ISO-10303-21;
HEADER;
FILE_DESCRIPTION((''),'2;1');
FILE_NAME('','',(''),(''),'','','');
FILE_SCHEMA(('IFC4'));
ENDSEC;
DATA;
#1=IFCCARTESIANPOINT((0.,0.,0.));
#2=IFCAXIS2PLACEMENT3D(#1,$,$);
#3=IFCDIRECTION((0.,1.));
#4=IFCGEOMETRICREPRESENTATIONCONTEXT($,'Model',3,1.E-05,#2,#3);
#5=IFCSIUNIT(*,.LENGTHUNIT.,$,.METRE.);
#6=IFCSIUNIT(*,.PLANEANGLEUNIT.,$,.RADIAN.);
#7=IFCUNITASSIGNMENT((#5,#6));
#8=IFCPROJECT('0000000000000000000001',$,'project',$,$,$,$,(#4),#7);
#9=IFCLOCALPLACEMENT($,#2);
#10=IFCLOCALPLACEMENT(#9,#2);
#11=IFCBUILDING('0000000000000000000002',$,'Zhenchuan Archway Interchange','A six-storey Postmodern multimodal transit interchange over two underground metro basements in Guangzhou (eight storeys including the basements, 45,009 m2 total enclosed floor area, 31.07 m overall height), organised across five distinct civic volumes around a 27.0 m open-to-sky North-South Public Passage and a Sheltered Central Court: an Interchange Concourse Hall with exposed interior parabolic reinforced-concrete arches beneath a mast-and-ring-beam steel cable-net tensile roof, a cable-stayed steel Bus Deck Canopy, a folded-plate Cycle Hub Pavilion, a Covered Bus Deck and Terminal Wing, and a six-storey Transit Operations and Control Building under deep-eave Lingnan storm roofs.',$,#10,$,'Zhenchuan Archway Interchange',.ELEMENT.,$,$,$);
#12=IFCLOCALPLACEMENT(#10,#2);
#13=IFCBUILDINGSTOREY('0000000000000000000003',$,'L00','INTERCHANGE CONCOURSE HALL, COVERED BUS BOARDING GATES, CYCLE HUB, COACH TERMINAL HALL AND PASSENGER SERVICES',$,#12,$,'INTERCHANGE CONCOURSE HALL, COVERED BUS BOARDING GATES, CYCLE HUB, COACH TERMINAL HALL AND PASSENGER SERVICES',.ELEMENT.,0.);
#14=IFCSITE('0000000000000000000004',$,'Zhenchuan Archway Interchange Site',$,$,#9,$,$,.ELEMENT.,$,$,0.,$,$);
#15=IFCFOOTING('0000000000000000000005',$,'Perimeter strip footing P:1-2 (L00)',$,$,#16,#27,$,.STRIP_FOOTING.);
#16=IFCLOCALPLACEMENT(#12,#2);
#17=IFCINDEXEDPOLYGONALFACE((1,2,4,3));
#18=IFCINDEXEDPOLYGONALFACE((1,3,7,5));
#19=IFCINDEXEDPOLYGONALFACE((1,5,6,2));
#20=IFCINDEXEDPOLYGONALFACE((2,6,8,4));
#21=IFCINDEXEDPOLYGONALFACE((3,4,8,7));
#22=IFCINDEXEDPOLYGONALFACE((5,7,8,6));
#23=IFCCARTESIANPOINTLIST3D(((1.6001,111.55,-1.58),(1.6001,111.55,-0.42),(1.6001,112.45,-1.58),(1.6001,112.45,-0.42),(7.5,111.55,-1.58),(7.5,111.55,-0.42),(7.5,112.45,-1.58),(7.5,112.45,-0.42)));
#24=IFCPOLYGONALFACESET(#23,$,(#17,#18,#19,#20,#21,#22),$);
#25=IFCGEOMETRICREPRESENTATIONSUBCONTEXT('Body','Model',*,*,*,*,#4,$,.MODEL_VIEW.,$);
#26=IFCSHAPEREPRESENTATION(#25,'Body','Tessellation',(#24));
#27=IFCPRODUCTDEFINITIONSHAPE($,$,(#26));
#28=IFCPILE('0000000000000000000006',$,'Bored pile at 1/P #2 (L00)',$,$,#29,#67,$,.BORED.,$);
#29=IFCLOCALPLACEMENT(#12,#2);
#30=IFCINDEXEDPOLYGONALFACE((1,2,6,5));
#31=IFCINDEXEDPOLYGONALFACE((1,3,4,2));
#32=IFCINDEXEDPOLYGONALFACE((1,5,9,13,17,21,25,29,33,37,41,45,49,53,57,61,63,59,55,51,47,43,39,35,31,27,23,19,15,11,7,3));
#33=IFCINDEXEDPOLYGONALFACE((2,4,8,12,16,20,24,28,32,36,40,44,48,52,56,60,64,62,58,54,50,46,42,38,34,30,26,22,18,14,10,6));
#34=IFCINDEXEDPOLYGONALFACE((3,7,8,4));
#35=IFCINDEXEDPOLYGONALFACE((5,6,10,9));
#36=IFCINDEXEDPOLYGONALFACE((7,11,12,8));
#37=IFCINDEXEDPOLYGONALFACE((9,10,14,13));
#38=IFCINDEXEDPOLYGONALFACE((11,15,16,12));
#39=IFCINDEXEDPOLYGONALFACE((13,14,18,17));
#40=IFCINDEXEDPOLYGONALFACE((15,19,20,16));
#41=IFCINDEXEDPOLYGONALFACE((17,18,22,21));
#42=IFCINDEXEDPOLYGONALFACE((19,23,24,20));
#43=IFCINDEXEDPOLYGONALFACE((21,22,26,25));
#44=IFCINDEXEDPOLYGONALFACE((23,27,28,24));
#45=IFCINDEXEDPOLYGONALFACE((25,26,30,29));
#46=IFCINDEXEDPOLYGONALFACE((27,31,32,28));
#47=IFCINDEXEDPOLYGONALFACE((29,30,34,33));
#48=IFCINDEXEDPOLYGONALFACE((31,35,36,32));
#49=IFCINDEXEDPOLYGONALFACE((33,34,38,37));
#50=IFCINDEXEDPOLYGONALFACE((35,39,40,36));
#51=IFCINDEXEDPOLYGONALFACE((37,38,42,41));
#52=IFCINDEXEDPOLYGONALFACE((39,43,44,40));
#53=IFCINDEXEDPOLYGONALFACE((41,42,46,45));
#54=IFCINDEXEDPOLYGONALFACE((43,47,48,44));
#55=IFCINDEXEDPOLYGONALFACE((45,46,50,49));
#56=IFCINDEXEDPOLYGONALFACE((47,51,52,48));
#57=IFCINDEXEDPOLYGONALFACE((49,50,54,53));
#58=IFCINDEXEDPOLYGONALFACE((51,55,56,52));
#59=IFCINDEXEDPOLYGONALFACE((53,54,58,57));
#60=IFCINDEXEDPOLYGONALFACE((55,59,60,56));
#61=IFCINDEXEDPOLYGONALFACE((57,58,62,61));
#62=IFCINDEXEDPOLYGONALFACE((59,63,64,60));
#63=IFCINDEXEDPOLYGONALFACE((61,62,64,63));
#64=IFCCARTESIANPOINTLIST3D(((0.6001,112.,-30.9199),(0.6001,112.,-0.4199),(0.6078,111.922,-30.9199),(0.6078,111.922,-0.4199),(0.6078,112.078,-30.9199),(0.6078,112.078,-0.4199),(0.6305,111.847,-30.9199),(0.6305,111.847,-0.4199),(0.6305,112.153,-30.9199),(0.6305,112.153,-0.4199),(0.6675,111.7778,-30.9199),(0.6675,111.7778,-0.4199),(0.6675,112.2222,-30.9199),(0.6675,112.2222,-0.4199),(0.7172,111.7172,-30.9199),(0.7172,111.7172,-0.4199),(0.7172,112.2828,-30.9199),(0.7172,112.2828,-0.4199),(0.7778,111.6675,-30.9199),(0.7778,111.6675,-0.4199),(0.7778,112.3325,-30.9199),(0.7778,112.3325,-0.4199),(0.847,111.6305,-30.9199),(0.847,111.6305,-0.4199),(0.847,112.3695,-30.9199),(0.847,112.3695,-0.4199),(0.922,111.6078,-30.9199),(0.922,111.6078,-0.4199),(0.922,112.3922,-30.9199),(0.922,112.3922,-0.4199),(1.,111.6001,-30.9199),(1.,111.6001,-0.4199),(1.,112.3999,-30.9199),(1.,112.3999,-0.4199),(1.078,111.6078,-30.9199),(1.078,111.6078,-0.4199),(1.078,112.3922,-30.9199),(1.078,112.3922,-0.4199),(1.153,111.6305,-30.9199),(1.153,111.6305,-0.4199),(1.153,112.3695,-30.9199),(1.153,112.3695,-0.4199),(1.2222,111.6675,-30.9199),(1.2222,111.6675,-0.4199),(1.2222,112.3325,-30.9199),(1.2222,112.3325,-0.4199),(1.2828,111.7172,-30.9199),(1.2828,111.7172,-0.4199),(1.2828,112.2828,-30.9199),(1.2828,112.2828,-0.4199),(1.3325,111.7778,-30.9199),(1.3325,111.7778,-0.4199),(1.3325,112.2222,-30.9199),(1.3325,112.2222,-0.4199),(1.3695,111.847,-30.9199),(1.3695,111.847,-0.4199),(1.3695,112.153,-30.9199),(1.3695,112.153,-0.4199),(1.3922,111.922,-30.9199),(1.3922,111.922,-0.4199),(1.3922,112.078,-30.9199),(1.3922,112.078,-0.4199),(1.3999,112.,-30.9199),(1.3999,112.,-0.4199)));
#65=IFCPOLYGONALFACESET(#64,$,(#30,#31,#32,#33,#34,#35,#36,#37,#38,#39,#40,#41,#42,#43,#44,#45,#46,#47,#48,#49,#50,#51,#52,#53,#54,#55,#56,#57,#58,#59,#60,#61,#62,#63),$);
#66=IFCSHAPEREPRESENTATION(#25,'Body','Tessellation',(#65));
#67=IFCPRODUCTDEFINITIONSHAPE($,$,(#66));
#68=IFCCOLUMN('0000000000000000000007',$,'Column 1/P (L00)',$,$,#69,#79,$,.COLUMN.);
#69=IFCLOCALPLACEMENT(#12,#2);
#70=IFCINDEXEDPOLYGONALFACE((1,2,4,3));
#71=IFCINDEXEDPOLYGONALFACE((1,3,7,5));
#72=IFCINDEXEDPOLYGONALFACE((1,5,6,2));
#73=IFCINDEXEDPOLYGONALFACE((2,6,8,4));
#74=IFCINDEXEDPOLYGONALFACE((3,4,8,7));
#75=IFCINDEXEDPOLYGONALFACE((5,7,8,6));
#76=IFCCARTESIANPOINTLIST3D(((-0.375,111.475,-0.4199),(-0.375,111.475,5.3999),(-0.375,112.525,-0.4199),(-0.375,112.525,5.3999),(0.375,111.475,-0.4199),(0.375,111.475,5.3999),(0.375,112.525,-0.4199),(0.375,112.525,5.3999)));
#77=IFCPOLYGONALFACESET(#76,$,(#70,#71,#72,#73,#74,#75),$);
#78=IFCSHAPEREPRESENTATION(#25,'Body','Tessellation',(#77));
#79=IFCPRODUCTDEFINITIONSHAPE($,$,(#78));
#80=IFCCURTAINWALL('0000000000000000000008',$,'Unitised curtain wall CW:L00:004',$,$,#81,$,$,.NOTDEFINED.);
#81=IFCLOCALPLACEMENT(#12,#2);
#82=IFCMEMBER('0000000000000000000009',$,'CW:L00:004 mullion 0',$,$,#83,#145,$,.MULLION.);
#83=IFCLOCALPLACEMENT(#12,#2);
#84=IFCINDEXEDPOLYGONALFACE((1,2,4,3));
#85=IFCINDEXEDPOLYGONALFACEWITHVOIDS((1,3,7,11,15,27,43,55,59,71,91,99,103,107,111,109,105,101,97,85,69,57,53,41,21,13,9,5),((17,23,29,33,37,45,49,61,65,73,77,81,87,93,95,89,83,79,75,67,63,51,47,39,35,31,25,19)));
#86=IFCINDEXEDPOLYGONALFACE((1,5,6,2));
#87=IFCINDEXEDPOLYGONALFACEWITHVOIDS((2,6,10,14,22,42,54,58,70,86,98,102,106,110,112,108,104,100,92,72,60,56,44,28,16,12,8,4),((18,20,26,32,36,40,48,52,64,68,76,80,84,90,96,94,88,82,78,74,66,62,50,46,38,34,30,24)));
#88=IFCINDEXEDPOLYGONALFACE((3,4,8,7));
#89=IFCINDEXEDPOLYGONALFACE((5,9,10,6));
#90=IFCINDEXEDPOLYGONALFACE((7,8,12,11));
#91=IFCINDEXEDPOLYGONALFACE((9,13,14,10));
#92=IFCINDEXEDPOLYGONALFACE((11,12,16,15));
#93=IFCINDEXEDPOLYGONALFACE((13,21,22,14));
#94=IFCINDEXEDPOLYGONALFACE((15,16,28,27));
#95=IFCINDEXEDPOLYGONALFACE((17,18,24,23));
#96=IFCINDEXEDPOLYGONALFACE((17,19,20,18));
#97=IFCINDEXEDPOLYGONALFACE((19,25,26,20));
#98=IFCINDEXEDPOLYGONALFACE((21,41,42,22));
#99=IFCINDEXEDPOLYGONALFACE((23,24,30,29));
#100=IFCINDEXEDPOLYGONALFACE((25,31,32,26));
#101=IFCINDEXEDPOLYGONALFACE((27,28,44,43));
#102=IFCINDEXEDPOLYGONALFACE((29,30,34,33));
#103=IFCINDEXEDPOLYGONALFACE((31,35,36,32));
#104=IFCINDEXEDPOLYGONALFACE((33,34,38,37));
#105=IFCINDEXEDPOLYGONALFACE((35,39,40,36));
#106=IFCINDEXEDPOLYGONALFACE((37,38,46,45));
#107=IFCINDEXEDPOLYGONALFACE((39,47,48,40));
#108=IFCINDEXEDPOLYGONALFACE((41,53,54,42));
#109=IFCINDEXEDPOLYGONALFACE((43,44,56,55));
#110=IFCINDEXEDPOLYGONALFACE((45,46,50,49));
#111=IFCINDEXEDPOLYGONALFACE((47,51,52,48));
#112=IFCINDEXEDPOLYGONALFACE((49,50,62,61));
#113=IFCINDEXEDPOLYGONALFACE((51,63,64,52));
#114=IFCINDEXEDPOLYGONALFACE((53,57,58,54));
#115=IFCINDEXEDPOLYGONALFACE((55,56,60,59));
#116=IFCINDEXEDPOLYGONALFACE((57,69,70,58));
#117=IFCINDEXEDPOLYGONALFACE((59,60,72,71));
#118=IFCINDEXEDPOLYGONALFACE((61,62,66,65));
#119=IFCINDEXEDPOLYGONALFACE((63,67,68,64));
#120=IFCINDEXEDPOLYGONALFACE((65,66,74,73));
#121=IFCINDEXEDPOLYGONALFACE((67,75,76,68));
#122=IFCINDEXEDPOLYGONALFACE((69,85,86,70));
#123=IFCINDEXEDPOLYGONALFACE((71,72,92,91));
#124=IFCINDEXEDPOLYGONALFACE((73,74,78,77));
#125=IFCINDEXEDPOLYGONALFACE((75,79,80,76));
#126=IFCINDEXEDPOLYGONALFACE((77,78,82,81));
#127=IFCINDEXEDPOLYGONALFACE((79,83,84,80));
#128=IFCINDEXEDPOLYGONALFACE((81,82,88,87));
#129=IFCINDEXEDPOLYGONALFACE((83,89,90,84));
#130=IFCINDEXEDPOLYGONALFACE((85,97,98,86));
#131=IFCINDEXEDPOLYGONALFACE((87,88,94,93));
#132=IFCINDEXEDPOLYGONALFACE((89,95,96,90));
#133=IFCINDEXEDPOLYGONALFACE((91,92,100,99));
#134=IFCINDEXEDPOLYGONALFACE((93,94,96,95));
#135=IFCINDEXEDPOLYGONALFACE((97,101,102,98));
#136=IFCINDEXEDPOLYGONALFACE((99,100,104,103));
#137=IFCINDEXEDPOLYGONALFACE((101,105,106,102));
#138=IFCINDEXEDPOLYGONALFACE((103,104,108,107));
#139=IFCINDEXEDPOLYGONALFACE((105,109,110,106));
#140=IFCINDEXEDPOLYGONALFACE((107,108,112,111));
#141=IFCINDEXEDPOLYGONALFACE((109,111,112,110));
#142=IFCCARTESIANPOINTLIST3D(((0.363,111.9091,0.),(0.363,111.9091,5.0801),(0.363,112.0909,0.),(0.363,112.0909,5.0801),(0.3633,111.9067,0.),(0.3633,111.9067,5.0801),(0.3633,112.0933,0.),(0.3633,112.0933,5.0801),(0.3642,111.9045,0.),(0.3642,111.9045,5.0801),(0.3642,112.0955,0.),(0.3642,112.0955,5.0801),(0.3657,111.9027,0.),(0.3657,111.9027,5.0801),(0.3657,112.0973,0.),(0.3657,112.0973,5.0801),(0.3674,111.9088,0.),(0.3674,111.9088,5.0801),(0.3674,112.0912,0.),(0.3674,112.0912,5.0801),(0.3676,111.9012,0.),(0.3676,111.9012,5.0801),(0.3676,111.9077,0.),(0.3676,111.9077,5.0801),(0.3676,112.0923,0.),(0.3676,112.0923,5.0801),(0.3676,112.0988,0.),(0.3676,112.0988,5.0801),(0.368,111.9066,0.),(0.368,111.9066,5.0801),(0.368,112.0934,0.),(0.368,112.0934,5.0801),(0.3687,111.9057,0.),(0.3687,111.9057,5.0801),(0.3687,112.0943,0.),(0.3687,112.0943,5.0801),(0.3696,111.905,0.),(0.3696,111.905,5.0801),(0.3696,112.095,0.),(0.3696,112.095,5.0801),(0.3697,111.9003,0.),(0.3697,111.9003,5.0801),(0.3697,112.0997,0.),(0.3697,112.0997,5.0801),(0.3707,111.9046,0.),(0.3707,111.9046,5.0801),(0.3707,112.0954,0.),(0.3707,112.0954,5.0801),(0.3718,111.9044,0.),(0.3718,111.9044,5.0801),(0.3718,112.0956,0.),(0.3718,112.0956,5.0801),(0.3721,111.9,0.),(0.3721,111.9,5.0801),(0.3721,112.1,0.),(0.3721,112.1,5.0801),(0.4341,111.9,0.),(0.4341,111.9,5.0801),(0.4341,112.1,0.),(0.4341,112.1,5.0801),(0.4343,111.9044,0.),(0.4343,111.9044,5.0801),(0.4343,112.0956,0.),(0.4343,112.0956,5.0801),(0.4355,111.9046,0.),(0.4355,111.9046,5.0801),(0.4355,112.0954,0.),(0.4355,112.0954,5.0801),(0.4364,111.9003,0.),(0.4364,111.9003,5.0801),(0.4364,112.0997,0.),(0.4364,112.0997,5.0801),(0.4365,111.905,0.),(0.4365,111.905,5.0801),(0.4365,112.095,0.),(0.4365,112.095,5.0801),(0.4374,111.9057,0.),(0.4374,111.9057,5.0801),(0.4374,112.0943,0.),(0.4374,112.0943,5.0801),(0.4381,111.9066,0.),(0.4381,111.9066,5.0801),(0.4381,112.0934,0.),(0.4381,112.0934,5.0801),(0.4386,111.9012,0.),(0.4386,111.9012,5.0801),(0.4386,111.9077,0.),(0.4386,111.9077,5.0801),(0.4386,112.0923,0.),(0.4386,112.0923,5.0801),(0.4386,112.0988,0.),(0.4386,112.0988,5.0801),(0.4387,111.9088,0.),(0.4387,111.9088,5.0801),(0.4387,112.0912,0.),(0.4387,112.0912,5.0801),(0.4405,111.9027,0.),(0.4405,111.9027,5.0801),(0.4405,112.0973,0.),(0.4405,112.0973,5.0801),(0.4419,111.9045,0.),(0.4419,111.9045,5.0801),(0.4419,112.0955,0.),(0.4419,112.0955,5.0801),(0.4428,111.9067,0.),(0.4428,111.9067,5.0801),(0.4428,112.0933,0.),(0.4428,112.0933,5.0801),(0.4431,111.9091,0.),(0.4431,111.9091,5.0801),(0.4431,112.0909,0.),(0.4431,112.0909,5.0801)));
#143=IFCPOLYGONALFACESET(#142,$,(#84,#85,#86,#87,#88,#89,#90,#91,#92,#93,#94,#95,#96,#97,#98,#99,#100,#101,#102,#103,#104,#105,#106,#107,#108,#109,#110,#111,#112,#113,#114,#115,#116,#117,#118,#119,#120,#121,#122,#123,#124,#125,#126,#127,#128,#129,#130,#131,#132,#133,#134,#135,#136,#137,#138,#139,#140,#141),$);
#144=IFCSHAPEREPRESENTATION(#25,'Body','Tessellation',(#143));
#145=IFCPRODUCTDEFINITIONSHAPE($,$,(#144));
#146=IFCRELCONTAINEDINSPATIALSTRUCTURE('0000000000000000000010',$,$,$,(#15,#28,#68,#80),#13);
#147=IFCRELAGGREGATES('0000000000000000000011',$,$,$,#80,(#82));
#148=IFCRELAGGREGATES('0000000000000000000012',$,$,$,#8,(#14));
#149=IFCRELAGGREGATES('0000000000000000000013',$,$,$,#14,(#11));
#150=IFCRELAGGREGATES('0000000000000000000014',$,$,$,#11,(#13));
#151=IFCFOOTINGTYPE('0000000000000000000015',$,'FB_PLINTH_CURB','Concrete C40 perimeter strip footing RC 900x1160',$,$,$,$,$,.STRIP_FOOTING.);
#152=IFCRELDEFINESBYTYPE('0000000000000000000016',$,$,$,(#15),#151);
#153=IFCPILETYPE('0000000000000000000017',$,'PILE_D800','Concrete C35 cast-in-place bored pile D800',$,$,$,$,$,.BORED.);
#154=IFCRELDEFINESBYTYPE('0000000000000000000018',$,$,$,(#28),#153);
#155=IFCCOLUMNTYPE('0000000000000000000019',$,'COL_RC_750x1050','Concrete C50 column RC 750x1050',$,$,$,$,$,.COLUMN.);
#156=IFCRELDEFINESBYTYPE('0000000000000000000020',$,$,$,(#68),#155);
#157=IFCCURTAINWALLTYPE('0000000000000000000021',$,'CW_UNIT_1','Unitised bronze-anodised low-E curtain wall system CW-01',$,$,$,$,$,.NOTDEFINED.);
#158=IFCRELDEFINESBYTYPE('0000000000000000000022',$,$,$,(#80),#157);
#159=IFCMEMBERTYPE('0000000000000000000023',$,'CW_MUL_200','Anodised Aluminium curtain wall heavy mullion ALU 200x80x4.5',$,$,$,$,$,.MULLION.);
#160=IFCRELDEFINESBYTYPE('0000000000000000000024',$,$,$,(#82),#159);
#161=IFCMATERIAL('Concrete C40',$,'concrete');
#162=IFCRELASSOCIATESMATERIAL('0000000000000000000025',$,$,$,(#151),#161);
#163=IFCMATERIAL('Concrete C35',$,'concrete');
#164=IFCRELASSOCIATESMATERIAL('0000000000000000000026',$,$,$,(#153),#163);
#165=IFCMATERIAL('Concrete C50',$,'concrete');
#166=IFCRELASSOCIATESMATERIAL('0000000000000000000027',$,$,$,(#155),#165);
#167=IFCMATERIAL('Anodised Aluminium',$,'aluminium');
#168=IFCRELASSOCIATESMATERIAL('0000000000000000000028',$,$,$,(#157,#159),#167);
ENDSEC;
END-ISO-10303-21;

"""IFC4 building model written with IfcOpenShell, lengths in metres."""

from ifc_helpers import new_model, si_unit, direction, frame, origin, origin_2d, place, context, subcontext, project, spatial, rectangle, hollow_rectangle, circle, extrude, material, material_profile, profile_set, type_object, element, aggregate, save


model = new_model("IFC4")

# Units and contexts
model_context = context("Model", 3, precision=1e-05, world=origin(), true_north=direction((0.0, 1.0)))
body_context = subcontext(model_context, "Body", "Model", "MODEL_VIEW")
ifc_project = project(units=[si_unit("LENGTHUNIT", "METRE"), si_unit("PLANEANGLEUNIT", "RADIAN")], contexts=[model_context])

# Site, building, storey
site_placement = place(None, origin())
site = spatial("IfcSite", under=ifc_project, at=site_placement, Name="Zhenchuan Archway Interchange Site", CompositionType="ELEMENT", RefElevation=0.0)
building_placement = place(site_placement, origin())
building = spatial("IfcBuilding", under=site, at=building_placement, Name="Zhenchuan Archway Interchange", Description="A six-storey Postmodern multimodal transit interchange over two underground metro basements in Guangzhou (eight storeys including the basements, 45,009 m2 total enclosed floor area, 31.07 m overall height), organised across five distinct civic volumes around a 27.0 m open-to-sky North-South Public Passage and a Sheltered Central Court: an Interchange Concourse Hall with exposed interior parabolic reinforced-concrete arches beneath a mast-and-ring-beam steel cable-net tensile roof, a cable-stayed steel Bus Deck Canopy, a folded-plate Cycle Hub Pavilion, a Covered Bus Deck and Terminal Wing, and a six-storey Transit Operations and Control Building under deep-eave Lingnan storm roofs.", LongName="Zhenchuan Archway Interchange", CompositionType="ELEMENT")
storey_placement = place(building_placement, origin())
storey = spatial("IfcBuildingStorey", under=building, at=storey_placement, Name="L00", Description="INTERCHANGE CONCOURSE HALL, COVERED BUS BOARDING GATES, CYCLE HUB, COACH TERMINAL HALL AND PASSENGER SERVICES", LongName="INTERCHANGE CONCOURSE HALL, COVERED BUS BOARDING GATES, CYCLE HUB, COACH TERMINAL HALL AND PASSENGER SERVICES", CompositionType="ELEMENT", Elevation=0.0)

# Footing
ifc_material_1 = material(Name="Concrete C40", Category="concrete")
ifc_material_profile_1 = material_profile(ifc_material_1, rectangle(XDim=0.8999, YDim=1.1599, at=origin_2d()), Name="RC 900x1160")
ifc_profile_set_1 = profile_set([ifc_material_profile_1], Name="Concrete C40")
footing_type = type_object("IfcFootingType", Name="FB_PLINTH_CURB", Description="Concrete C40 perimeter strip footing RC 900x1160", PredefinedType="STRIP_FOOTING", material=ifc_profile_set_1)
footing_placement = place(storey_placement, frame((1.6001, 112.0, -1.0), z_axis=(1.0, 0.0, 0.0), x_axis=(0.0, 1.0, 0.0)))
element("IfcFooting", 1, at=footing_placement, inside=storey, type_object=footing_type, Name="Perimeter strip footing P:1-2 (L00)", PredefinedType="STRIP_FOOTING", context=body_context, shape_type="SweptSolid", body=[
    extrude(rectangle(XDim=0.8999, YDim=1.1599, at=origin_2d()), origin(), (0.0, 0.0, 1.0), 5.8999),
])

# Pile
ifc_material_2 = material(Name="Concrete C35", Category="concrete")
ifc_material_profile_2 = material_profile(ifc_material_2, circle(Radius=0.3999, at=origin_2d()), Name="BORED PILE 800")
ifc_profile_set_2 = profile_set([ifc_material_profile_2], Name="Concrete C35")
pile_type = type_object("IfcPileType", Name="PILE_D800", Description="Concrete C35 cast-in-place bored pile D800", PredefinedType="BORED", material=ifc_profile_set_2)
pile_placement = place(storey_placement, frame((1.0, 112.0, -0.4199), z_axis=(0.0, 0.0, -1.0), x_axis=(1.0, 0.0, 0.0)))
element("IfcPile", 2, at=pile_placement, inside=storey, type_object=pile_type, Name="Bored pile at 1/P #2 (L00)", PredefinedType="BORED", context=body_context, shape_type="SweptSolid", body=[
    extrude(circle(Radius=0.3999, at=origin_2d()), origin(), (0.0, 0.0, 1.0), 30.5),
])

# Column
ifc_material_3 = material(Name="Concrete C50", Category="concrete")
ifc_material_profile_3 = material_profile(ifc_material_3, rectangle(XDim=0.75, YDim=1.05, at=origin_2d()), Name="RC 750x1050")
ifc_profile_set_3 = profile_set([ifc_material_profile_3], Name="Concrete C50")
column_type = type_object("IfcColumnType", Name="COL_RC_750x1050", Description="Concrete C50 column RC 750x1050", PredefinedType="COLUMN", material=ifc_profile_set_3)
column_placement = place(storey_placement, frame((0.0, 112.0, -0.4199), z_axis=(0.0, 0.0, 1.0), x_axis=(1.0, 0.0, 0.0)))
element("IfcColumn", 3, at=column_placement, inside=storey, type_object=column_type, Name="Column 1/P (L00)", PredefinedType="COLUMN", context=body_context, shape_type="SweptSolid", body=[
    extrude(rectangle(XDim=0.75, YDim=1.05, at=origin_2d()), origin(), (0.0, 0.0, 1.0), 5.8198),
])

# Curtain wall, member
ifc_material_4 = material(Name="Anodised Aluminium", Category="aluminium")
curtain_wall_type = type_object("IfcCurtainWallType", Name="CW_UNIT_1", Description="Unitised bronze-anodised low-E curtain wall system CW-01", PredefinedType="NOTDEFINED", material=ifc_material_4)
curtain_wall_placement = place(storey_placement, origin())
curtain_wall = element("IfcCurtainWall", 4, at=curtain_wall_placement, inside=storey, type_object=curtain_wall_type, Name="Unitised curtain wall CW:L00:004", PredefinedType="NOTDEFINED")
ifc_material_profile_4 = material_profile(ifc_material_4, hollow_rectangle(XDim=0.0801, YDim=0.2, WallThickness=0.0044, InnerFilletRadius=0.0044, OuterFilletRadius=0.009, at=origin_2d()), Name="ALU 200x80x4.5")
ifc_profile_set_4 = profile_set([ifc_material_profile_4], Name="Anodised Aluminium")
member_type_1 = type_object("IfcMemberType", Name="CW_MUL_200", Description="Anodised Aluminium curtain wall heavy mullion ALU 200x80x4.5", PredefinedType="MULLION", material=ifc_profile_set_4)
member_1_placement = place(storey_placement, frame((0.4031, 112.0, 0.0), z_axis=(0.0, 0.0, 1.0), x_axis=(1.0, 0.0, 0.0)))
member_1 = element("IfcMember", 5, at=member_1_placement, type_object=member_type_1, Name="CW:L00:004 mullion 0", PredefinedType="MULLION", context=body_context, shape_type="SweptSolid", body=[
    extrude(hollow_rectangle(XDim=0.0801, YDim=0.2, WallThickness=0.0044, InnerFilletRadius=0.0044, OuterFilletRadius=0.009, at=origin_2d()), origin(), (0.0, 0.0, 1.0), 5.0801),
])

aggregate(curtain_wall, [member_1])

save(model, "model.ifc")
